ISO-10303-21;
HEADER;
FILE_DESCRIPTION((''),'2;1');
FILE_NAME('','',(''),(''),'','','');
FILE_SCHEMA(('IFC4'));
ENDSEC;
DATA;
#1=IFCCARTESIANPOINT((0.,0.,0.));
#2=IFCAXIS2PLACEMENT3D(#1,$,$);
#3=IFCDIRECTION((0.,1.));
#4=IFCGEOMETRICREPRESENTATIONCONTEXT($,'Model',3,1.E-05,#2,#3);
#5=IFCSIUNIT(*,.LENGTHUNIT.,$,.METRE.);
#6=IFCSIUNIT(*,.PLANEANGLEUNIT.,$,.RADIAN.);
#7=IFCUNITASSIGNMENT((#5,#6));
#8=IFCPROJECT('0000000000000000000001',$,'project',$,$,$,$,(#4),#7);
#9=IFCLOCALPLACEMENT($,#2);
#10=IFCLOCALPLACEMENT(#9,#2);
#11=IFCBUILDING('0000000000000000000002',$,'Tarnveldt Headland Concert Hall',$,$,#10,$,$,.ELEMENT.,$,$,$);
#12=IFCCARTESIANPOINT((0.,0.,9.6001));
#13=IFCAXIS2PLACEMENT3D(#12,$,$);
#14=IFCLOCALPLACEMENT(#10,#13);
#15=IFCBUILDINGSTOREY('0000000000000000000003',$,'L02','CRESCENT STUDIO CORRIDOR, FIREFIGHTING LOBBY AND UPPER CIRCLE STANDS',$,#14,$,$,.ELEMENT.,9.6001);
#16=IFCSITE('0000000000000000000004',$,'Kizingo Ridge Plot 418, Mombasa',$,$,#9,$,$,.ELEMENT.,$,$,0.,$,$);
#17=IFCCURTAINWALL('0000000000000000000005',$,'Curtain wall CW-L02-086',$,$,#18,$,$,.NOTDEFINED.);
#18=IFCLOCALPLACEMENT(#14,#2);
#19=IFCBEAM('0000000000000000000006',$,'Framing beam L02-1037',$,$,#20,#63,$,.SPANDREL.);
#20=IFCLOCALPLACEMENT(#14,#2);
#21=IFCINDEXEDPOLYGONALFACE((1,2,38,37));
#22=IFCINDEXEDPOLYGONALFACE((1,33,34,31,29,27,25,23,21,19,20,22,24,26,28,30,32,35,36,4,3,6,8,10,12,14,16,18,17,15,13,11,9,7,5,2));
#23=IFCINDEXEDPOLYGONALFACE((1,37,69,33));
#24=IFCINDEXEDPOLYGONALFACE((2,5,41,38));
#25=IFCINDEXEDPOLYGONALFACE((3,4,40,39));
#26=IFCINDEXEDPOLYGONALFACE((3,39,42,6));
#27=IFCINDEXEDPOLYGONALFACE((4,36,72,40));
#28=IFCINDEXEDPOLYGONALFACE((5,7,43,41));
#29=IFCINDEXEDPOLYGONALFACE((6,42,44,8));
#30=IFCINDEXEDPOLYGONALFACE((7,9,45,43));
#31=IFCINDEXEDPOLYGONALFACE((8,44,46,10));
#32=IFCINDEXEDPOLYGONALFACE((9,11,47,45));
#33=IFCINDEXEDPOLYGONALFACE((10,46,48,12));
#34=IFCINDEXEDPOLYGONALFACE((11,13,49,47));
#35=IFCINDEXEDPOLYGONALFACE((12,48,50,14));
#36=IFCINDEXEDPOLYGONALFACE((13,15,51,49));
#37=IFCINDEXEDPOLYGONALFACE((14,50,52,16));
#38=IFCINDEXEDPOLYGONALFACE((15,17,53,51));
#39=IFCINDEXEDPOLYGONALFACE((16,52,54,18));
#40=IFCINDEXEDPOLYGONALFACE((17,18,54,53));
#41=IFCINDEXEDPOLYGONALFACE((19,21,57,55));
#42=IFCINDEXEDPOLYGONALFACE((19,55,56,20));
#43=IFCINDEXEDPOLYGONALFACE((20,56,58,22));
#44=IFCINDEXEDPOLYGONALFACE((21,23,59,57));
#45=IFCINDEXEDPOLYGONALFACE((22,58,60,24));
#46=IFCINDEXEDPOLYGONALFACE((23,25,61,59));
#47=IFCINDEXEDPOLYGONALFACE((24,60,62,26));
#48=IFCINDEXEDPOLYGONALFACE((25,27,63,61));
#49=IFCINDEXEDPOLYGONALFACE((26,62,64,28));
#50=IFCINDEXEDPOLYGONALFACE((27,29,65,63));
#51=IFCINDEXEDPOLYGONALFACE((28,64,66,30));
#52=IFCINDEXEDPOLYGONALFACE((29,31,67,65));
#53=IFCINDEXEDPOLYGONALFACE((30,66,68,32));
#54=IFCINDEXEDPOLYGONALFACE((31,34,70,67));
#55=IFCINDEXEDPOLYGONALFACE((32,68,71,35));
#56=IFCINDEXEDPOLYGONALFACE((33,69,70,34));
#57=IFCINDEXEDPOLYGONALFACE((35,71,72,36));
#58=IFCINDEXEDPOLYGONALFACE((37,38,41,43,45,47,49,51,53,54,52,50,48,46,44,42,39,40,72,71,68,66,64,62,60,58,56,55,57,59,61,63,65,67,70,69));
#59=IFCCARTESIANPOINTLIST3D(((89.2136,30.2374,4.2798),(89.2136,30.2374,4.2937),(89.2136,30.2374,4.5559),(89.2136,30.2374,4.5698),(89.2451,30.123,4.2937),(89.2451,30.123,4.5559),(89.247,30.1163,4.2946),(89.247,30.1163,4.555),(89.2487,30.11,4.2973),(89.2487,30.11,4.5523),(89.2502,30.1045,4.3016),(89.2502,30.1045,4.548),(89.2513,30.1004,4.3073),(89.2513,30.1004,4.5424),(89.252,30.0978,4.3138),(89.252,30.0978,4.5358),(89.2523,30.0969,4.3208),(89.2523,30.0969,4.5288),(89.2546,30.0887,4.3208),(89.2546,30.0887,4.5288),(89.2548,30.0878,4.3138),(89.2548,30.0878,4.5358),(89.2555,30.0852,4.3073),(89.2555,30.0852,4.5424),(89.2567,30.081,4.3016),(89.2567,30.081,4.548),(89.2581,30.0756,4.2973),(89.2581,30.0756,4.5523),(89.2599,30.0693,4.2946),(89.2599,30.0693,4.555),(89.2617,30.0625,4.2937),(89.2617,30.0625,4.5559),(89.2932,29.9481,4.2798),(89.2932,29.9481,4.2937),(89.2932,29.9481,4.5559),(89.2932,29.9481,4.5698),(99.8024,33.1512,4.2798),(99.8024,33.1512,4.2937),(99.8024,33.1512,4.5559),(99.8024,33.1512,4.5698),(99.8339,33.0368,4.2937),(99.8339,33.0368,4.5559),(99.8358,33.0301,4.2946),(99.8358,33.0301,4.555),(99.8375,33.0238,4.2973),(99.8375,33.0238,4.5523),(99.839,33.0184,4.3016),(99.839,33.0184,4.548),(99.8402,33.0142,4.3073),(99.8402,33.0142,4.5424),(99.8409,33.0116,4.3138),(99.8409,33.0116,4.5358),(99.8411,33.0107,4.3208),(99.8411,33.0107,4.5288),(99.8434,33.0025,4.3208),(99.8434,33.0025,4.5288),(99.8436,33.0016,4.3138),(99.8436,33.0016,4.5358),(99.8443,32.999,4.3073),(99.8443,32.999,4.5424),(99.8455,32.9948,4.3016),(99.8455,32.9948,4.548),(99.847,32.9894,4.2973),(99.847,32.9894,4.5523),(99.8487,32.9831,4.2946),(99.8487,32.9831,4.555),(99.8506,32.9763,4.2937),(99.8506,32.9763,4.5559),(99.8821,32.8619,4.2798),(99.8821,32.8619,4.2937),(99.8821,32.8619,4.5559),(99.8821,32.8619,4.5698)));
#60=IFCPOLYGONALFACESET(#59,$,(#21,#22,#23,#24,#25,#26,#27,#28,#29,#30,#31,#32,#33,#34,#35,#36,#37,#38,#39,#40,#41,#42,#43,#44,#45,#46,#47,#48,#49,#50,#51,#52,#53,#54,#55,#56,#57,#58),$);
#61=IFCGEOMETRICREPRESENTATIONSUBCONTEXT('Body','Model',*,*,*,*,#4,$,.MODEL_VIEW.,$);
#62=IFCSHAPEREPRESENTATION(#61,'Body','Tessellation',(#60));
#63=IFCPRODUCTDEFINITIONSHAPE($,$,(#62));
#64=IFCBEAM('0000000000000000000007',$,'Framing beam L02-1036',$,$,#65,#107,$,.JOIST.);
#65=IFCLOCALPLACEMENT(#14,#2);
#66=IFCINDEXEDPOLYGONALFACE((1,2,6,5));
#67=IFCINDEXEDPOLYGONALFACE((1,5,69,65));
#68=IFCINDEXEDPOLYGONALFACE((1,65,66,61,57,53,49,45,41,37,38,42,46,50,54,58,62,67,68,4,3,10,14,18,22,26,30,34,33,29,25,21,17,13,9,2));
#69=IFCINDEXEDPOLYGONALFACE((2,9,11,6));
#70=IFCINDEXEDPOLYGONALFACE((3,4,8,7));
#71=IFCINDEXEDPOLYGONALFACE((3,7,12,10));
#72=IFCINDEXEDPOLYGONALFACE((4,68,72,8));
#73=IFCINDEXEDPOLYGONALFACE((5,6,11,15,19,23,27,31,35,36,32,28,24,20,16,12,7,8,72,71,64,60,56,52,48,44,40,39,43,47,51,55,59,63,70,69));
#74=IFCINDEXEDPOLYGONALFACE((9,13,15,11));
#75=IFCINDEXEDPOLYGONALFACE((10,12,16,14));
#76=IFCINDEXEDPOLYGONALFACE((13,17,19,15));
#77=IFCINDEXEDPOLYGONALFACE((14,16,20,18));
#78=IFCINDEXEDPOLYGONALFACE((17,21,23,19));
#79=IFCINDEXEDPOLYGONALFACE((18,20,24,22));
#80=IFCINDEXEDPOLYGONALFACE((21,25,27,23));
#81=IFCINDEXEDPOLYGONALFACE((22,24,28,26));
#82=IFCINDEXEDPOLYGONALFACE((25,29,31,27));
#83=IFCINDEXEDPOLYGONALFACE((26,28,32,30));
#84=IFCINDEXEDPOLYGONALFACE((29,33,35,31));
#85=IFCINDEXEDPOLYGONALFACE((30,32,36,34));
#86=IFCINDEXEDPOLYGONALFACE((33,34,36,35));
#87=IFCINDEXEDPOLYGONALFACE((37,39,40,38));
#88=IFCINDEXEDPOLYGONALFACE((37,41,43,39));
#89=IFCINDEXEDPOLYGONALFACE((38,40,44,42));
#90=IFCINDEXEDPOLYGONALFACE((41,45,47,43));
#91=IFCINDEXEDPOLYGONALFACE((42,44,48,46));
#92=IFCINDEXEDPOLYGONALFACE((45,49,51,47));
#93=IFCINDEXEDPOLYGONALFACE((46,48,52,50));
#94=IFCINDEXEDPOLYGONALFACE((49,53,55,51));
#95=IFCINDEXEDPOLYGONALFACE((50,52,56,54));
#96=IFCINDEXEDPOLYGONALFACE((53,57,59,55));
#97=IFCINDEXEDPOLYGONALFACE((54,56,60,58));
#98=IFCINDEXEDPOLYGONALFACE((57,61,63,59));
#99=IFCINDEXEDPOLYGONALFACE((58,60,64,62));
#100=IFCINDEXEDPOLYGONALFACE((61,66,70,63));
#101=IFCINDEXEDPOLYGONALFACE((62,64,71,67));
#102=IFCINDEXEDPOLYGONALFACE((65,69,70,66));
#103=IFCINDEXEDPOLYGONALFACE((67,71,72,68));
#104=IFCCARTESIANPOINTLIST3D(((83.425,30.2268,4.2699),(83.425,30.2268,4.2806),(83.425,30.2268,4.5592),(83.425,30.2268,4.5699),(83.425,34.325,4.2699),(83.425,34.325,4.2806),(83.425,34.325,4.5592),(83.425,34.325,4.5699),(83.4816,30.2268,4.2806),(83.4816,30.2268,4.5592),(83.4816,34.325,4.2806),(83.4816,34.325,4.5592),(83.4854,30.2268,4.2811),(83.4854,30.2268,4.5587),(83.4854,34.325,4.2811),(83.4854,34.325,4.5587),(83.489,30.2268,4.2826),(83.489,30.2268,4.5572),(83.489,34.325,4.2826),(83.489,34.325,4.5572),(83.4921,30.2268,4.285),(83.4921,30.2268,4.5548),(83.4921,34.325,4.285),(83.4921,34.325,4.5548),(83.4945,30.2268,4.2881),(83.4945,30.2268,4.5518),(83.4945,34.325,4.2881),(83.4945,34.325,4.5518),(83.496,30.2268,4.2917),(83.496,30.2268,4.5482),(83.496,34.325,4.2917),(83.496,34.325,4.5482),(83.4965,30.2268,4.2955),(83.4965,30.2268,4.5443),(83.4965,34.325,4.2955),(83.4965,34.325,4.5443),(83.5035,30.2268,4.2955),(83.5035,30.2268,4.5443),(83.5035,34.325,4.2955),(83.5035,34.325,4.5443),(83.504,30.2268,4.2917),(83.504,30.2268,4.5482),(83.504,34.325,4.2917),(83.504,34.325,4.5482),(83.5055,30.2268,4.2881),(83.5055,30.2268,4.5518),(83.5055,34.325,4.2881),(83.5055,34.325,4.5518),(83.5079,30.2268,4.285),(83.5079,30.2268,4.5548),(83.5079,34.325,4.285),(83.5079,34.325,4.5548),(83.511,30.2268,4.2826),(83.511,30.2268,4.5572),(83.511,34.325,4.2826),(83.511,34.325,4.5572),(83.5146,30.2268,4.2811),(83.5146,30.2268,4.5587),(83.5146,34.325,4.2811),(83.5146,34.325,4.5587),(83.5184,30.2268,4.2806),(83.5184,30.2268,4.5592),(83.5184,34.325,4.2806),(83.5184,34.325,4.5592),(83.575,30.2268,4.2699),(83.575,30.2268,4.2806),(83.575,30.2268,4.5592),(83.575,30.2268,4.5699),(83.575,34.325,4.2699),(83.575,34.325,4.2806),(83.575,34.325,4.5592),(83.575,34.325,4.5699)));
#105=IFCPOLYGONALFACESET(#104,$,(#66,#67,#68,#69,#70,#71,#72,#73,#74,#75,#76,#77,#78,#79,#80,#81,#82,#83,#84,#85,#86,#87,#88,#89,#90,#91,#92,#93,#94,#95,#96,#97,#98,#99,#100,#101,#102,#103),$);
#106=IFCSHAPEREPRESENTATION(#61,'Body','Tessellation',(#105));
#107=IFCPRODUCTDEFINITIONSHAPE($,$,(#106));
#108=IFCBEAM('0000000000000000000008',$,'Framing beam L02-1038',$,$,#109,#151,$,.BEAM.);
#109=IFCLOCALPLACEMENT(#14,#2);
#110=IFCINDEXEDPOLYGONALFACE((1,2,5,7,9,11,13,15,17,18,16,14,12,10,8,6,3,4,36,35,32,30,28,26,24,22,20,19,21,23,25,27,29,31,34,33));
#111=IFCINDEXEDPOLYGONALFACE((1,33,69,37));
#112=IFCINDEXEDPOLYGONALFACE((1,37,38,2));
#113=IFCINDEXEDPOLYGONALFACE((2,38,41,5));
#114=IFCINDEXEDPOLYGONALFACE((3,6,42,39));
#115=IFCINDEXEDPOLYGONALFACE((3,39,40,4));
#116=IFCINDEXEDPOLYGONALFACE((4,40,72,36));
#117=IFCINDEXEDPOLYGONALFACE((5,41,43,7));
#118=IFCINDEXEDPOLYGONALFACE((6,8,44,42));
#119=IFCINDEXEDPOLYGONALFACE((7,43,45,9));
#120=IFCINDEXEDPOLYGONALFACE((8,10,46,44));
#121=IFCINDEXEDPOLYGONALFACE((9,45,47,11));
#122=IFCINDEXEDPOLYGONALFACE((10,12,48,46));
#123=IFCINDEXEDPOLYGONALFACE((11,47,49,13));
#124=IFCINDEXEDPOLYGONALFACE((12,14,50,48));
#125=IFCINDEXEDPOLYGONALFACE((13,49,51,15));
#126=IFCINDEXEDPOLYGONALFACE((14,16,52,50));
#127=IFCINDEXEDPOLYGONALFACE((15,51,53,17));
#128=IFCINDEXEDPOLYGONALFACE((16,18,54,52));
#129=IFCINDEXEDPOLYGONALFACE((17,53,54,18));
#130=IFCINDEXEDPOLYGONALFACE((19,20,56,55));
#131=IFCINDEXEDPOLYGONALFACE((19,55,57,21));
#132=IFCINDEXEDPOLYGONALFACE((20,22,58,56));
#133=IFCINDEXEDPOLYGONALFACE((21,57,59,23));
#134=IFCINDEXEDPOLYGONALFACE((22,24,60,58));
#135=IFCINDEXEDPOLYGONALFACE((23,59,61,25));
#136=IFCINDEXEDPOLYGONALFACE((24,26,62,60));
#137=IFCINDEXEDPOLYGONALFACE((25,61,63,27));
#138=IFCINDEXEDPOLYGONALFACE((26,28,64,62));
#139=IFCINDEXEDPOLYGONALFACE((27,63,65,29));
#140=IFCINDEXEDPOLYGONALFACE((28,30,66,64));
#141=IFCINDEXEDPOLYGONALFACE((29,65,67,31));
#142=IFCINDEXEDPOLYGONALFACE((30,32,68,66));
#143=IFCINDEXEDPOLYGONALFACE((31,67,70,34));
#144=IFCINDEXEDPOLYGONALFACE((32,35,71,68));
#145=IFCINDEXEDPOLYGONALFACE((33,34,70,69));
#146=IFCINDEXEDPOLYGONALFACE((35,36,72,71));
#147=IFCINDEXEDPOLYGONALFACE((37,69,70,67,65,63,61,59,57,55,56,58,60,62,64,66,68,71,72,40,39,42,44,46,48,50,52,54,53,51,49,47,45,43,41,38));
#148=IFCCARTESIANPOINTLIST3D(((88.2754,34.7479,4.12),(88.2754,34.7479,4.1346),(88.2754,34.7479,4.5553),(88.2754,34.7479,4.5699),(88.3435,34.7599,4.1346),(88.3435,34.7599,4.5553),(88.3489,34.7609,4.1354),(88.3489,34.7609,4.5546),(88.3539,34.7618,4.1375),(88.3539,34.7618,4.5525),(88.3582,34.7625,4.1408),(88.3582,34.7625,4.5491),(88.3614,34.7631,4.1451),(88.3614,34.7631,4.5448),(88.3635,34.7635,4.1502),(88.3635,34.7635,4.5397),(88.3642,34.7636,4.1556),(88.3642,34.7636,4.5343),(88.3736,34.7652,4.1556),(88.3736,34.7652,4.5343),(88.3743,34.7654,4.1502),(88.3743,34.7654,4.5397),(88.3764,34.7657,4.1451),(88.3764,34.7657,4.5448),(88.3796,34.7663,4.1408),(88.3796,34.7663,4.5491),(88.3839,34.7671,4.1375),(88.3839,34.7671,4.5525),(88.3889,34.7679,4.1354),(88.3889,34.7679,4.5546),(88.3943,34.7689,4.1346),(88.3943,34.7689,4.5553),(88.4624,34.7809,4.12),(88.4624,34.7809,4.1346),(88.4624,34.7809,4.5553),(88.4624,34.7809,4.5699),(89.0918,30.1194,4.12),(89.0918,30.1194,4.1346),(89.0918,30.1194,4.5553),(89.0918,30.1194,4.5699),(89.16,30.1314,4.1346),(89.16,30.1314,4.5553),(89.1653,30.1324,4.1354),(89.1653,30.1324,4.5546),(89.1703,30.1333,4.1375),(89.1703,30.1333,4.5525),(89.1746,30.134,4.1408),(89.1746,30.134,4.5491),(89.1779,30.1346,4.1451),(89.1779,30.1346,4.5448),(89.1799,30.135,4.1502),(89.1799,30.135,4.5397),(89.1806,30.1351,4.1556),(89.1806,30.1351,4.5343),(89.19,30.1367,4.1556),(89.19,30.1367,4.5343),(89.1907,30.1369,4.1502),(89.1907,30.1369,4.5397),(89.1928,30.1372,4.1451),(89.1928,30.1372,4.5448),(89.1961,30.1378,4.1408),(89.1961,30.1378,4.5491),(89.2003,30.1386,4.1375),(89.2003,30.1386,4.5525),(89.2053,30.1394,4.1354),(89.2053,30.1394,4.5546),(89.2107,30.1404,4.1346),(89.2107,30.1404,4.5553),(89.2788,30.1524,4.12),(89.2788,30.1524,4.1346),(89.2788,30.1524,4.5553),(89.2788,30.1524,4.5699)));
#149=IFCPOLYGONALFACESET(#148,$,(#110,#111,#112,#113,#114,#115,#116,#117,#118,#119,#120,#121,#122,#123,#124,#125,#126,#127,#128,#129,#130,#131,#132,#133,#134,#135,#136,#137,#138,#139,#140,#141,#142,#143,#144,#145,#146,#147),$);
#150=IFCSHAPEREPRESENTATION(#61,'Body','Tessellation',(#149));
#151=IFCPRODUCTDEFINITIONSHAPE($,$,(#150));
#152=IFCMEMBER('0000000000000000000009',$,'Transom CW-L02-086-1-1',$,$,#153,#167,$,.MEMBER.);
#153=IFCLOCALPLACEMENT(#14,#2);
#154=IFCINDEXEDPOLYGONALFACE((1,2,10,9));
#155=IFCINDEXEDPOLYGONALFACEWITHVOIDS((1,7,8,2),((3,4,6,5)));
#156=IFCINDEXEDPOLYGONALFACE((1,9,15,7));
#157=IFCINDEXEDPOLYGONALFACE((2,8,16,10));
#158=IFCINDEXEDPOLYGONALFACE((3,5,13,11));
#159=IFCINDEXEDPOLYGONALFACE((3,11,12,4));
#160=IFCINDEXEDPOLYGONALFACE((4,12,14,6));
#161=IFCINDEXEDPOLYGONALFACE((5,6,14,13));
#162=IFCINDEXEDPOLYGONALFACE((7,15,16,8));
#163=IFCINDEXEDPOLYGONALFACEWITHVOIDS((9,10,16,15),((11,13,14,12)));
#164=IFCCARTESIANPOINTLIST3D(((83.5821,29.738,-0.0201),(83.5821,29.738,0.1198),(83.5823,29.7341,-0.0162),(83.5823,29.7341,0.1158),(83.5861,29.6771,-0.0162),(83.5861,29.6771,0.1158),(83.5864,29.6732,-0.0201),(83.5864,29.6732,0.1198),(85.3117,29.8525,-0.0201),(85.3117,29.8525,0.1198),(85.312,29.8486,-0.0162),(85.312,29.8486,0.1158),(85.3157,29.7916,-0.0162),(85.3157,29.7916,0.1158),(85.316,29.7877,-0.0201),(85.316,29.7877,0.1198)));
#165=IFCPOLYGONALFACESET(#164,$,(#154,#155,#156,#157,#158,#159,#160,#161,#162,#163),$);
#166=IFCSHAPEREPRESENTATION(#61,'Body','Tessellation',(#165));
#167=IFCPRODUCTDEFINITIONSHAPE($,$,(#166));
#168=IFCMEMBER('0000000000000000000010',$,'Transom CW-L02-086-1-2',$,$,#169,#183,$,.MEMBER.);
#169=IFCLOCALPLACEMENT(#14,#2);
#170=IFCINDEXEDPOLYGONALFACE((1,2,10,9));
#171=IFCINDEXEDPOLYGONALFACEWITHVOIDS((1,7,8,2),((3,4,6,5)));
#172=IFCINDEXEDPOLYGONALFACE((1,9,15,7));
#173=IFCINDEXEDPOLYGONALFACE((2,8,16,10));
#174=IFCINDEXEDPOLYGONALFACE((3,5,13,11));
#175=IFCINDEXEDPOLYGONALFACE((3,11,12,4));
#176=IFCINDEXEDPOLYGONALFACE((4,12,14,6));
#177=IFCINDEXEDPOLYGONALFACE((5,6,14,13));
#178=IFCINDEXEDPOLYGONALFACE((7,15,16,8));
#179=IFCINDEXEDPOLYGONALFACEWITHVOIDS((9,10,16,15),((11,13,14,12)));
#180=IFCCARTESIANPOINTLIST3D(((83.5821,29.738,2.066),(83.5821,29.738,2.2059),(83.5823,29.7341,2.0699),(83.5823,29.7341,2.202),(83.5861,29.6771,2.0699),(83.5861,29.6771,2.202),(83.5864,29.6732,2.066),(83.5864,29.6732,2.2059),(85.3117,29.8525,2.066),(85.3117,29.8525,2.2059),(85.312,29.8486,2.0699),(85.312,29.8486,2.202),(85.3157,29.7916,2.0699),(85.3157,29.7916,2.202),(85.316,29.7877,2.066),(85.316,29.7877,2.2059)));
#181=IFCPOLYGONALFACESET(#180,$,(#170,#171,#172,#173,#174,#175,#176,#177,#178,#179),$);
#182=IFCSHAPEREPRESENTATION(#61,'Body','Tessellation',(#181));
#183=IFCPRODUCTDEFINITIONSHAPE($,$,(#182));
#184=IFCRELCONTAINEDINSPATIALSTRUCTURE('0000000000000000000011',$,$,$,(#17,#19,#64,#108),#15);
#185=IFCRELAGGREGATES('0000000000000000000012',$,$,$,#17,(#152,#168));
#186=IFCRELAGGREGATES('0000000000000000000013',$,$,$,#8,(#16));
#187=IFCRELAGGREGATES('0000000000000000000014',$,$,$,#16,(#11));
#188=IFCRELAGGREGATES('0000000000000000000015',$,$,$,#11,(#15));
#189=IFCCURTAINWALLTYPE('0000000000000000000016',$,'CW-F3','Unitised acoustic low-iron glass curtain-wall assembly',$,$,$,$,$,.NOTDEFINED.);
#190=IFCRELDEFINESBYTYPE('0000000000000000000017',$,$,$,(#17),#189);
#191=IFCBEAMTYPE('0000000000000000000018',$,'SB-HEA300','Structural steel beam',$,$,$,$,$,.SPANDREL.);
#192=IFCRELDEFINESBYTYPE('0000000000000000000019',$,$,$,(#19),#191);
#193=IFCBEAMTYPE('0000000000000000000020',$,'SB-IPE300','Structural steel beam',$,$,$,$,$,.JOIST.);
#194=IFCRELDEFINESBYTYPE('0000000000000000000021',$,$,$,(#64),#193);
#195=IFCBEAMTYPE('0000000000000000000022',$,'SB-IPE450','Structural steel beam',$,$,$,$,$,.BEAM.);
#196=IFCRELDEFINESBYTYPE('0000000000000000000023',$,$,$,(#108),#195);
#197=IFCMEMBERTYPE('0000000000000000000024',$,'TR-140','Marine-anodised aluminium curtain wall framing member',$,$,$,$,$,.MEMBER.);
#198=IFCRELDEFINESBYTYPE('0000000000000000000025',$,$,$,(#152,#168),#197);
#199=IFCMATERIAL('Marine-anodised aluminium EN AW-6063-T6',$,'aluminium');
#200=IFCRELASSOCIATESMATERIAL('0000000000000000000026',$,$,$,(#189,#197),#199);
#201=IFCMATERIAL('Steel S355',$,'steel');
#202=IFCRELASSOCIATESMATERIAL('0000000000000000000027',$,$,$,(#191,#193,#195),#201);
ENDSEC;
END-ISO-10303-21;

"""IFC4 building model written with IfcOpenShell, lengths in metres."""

from ifc_helpers import new_model, si_unit, direction, frame, origin, origin_2d, place, context, subcontext, project, spatial, hollow_rectangle, i_section, extrude, material, material_profile, profile_set, type_object, element, aggregate, save


model = new_model("IFC4")

# Units and contexts
model_context = context("Model", 3, precision=1e-05, world=origin(), true_north=direction((0.0, 1.0)))
body_context = subcontext(model_context, "Body", "Model", "MODEL_VIEW")
ifc_project = project(units=[si_unit("LENGTHUNIT", "METRE"), si_unit("PLANEANGLEUNIT", "RADIAN")], contexts=[model_context])

# Site, building, storey
site_placement = place(None, origin())
site = spatial("IfcSite", under=ifc_project, at=site_placement, Name="Kizingo Ridge Plot 418, Mombasa", CompositionType="ELEMENT", RefElevation=0.0)
building_placement = place(site_placement, origin())
building = spatial("IfcBuilding", under=site, at=building_placement, Name="Tarnveldt Headland Concert Hall", CompositionType="ELEMENT")
storey_placement = place(building_placement, frame((0.0, 0.0, 9.6001)))
storey = spatial("IfcBuildingStorey", under=building, at=storey_placement, Name="L02", Description="CRESCENT STUDIO CORRIDOR, FIREFIGHTING LOBBY AND UPPER CIRCLE STANDS", CompositionType="ELEMENT", Elevation=9.6001)

# Shared definitions
ifc_material_1 = material(Name="Steel S355", Category="steel")

# Shared definitions
ifc_material_2 = material(Name="Marine-anodised aluminium EN AW-6063-T6", Category="aluminium")
curtain_wall_type = type_object("IfcCurtainWallType", Name="CW-F3", Description="Unitised acoustic low-iron glass curtain-wall assembly", PredefinedType="NOTDEFINED", material=ifc_material_2)

# Curtain wall
curtain_wall_1_placement = place(storey_placement, origin())
curtain_wall_1 = element("IfcCurtainWall", 1, at=curtain_wall_1_placement, inside=storey, type_object=curtain_wall_type, Name="Curtain wall CW-L02-086", PredefinedType="NOTDEFINED")

# Beams
ifc_material_profile_1 = material_profile(ifc_material_1, i_section(OverallWidth=0.3, OverallDepth=0.29, WebThickness=0.0085, FlangeThickness=0.0139, FilletRadius=0.0271, at=origin_2d()), Name="HEA300", Category="steel")
ifc_profile_set_1 = profile_set([ifc_material_profile_1], Name="Steel S355")
beam_type_1 = type_object("IfcBeamType", Name="SB-HEA300", Description="Structural steel beam", PredefinedType="SPANDREL", material=ifc_profile_set_1)
beam_1_placement = place(storey_placement, frame((89.2534, 30.0928, 4.4248), z_axis=(0.964162, 0.265316, 0.0), x_axis=(-0.265316, 0.964162, 0.0)))
element("IfcBeam", 2, at=beam_1_placement, inside=storey, type_object=beam_type_1, Name="Framing beam L02-1037", PredefinedType="SPANDREL", context=body_context, shape_type="SweptSolid", body=[
    extrude(i_section(OverallWidth=0.3, OverallDepth=0.29, WebThickness=0.0085, FlangeThickness=0.0139, FilletRadius=0.0271, at=origin_2d()), origin(), (0.0, 0.0, 1.0), 10.9824),
])
ifc_material_profile_2 = material_profile(ifc_material_1, i_section(OverallWidth=0.1499, OverallDepth=0.3, WebThickness=0.0071, FlangeThickness=0.0107, FilletRadius=0.0149, at=origin_2d()), Name="IPE300", Category="steel")
ifc_profile_set_2 = profile_set([ifc_material_profile_2], Name="Steel S355")
beam_type_2 = type_object("IfcBeamType", Name="SB-IPE300", Description="Structural steel beam", PredefinedType="JOIST", material=ifc_profile_set_2)
beam_2_placement = place(storey_placement, frame((83.5, 34.325, 4.4199), z_axis=(0.0, -1.0, 0.0), x_axis=(1.0, 0.0, 0.0)))
element("IfcBeam", 3, at=beam_2_placement, inside=storey, type_object=beam_type_2, Name="Framing beam L02-1036", PredefinedType="JOIST", context=body_context, shape_type="SweptSolid", body=[
    extrude(i_section(OverallWidth=0.1499, OverallDepth=0.3, WebThickness=0.0071, FlangeThickness=0.0107, FilletRadius=0.0149, at=origin_2d()), origin(), (0.0, 0.0, 1.0), 4.0981),
])
ifc_material_profile_3 = material_profile(ifc_material_1, i_section(OverallWidth=0.1899, OverallDepth=0.45, WebThickness=0.0095, FlangeThickness=0.0146, FilletRadius=0.021, at=origin_2d()), Name="IPE450", Category="steel")
ifc_profile_set_3 = profile_set([ifc_material_profile_3], Name="Steel S355")
beam_type_3 = type_object("IfcBeamType", Name="SB-IPE450", Description="Structural steel beam", PredefinedType="BEAM", material=ifc_profile_set_3)
beam_3_placement = place(storey_placement, frame((88.3689, 34.7644, 4.345), z_axis=(0.173708, -0.984797, 0.0), x_axis=(0.984797, 0.173708, 0.0)))
element("IfcBeam", 4, at=beam_3_placement, inside=storey, type_object=beam_type_3, Name="Framing beam L02-1038", PredefinedType="BEAM", context=body_context, shape_type="SweptSolid", body=[
    extrude(i_section(OverallWidth=0.1899, OverallDepth=0.45, WebThickness=0.0095, FlangeThickness=0.0146, FilletRadius=0.021, at=origin_2d()), origin(), (0.0, 0.0, 1.0), 4.7),
])

# Members
ifc_material_profile_4 = material_profile(ifc_material_2, hollow_rectangle(XDim=0.0649, YDim=0.1399, WallThickness=0.0039, at=origin_2d()), Name="ALU TRANSOM 65x140x4", Category="aluminium")
ifc_profile_set_4 = profile_set([ifc_material_profile_4], Name="Marine-anodised aluminium EN AW-6063-T6")
member_type_1 = type_object("IfcMemberType", Name="TR-140", Description="Marine-anodised aluminium curtain wall framing member", PredefinedType="MEMBER", material=ifc_profile_set_4)
member_1_placement = place(storey_placement, frame((83.5842, 29.7056, 0.0498), z_axis=(0.997816, 0.066061, 0.0), x_axis=(-0.066061, 0.997816, 0.0)))
member_1 = element("IfcMember", 5, at=member_1_placement, type_object=member_type_1, Name="Transom CW-L02-086-1-1", PredefinedType="MEMBER", context=body_context, shape_type="SweptSolid", body=[
    extrude(hollow_rectangle(XDim=0.0649, YDim=0.1399, WallThickness=0.0039, at=origin_2d()), origin(), (0.0, 0.0, 1.0), 1.7334),
])
member_2_placement = place(storey_placement, frame((83.5842, 29.7056, 2.136), z_axis=(0.997816, 0.066061, 0.0), x_axis=(-0.066061, 0.997816, 0.0)))
member_2 = element("IfcMember", 6, at=member_2_placement, type_object=member_type_1, Name="Transom CW-L02-086-1-2", PredefinedType="MEMBER", context=body_context, shape_type="SweptSolid", body=[
    extrude(hollow_rectangle(XDim=0.0649, YDim=0.1399, WallThickness=0.0039, at=origin_2d()), origin(), (0.0, 0.0, 1.0), 1.7334),
])

aggregate(curtain_wall_1, [member_1, member_2])

save(model, "model.ifc")
